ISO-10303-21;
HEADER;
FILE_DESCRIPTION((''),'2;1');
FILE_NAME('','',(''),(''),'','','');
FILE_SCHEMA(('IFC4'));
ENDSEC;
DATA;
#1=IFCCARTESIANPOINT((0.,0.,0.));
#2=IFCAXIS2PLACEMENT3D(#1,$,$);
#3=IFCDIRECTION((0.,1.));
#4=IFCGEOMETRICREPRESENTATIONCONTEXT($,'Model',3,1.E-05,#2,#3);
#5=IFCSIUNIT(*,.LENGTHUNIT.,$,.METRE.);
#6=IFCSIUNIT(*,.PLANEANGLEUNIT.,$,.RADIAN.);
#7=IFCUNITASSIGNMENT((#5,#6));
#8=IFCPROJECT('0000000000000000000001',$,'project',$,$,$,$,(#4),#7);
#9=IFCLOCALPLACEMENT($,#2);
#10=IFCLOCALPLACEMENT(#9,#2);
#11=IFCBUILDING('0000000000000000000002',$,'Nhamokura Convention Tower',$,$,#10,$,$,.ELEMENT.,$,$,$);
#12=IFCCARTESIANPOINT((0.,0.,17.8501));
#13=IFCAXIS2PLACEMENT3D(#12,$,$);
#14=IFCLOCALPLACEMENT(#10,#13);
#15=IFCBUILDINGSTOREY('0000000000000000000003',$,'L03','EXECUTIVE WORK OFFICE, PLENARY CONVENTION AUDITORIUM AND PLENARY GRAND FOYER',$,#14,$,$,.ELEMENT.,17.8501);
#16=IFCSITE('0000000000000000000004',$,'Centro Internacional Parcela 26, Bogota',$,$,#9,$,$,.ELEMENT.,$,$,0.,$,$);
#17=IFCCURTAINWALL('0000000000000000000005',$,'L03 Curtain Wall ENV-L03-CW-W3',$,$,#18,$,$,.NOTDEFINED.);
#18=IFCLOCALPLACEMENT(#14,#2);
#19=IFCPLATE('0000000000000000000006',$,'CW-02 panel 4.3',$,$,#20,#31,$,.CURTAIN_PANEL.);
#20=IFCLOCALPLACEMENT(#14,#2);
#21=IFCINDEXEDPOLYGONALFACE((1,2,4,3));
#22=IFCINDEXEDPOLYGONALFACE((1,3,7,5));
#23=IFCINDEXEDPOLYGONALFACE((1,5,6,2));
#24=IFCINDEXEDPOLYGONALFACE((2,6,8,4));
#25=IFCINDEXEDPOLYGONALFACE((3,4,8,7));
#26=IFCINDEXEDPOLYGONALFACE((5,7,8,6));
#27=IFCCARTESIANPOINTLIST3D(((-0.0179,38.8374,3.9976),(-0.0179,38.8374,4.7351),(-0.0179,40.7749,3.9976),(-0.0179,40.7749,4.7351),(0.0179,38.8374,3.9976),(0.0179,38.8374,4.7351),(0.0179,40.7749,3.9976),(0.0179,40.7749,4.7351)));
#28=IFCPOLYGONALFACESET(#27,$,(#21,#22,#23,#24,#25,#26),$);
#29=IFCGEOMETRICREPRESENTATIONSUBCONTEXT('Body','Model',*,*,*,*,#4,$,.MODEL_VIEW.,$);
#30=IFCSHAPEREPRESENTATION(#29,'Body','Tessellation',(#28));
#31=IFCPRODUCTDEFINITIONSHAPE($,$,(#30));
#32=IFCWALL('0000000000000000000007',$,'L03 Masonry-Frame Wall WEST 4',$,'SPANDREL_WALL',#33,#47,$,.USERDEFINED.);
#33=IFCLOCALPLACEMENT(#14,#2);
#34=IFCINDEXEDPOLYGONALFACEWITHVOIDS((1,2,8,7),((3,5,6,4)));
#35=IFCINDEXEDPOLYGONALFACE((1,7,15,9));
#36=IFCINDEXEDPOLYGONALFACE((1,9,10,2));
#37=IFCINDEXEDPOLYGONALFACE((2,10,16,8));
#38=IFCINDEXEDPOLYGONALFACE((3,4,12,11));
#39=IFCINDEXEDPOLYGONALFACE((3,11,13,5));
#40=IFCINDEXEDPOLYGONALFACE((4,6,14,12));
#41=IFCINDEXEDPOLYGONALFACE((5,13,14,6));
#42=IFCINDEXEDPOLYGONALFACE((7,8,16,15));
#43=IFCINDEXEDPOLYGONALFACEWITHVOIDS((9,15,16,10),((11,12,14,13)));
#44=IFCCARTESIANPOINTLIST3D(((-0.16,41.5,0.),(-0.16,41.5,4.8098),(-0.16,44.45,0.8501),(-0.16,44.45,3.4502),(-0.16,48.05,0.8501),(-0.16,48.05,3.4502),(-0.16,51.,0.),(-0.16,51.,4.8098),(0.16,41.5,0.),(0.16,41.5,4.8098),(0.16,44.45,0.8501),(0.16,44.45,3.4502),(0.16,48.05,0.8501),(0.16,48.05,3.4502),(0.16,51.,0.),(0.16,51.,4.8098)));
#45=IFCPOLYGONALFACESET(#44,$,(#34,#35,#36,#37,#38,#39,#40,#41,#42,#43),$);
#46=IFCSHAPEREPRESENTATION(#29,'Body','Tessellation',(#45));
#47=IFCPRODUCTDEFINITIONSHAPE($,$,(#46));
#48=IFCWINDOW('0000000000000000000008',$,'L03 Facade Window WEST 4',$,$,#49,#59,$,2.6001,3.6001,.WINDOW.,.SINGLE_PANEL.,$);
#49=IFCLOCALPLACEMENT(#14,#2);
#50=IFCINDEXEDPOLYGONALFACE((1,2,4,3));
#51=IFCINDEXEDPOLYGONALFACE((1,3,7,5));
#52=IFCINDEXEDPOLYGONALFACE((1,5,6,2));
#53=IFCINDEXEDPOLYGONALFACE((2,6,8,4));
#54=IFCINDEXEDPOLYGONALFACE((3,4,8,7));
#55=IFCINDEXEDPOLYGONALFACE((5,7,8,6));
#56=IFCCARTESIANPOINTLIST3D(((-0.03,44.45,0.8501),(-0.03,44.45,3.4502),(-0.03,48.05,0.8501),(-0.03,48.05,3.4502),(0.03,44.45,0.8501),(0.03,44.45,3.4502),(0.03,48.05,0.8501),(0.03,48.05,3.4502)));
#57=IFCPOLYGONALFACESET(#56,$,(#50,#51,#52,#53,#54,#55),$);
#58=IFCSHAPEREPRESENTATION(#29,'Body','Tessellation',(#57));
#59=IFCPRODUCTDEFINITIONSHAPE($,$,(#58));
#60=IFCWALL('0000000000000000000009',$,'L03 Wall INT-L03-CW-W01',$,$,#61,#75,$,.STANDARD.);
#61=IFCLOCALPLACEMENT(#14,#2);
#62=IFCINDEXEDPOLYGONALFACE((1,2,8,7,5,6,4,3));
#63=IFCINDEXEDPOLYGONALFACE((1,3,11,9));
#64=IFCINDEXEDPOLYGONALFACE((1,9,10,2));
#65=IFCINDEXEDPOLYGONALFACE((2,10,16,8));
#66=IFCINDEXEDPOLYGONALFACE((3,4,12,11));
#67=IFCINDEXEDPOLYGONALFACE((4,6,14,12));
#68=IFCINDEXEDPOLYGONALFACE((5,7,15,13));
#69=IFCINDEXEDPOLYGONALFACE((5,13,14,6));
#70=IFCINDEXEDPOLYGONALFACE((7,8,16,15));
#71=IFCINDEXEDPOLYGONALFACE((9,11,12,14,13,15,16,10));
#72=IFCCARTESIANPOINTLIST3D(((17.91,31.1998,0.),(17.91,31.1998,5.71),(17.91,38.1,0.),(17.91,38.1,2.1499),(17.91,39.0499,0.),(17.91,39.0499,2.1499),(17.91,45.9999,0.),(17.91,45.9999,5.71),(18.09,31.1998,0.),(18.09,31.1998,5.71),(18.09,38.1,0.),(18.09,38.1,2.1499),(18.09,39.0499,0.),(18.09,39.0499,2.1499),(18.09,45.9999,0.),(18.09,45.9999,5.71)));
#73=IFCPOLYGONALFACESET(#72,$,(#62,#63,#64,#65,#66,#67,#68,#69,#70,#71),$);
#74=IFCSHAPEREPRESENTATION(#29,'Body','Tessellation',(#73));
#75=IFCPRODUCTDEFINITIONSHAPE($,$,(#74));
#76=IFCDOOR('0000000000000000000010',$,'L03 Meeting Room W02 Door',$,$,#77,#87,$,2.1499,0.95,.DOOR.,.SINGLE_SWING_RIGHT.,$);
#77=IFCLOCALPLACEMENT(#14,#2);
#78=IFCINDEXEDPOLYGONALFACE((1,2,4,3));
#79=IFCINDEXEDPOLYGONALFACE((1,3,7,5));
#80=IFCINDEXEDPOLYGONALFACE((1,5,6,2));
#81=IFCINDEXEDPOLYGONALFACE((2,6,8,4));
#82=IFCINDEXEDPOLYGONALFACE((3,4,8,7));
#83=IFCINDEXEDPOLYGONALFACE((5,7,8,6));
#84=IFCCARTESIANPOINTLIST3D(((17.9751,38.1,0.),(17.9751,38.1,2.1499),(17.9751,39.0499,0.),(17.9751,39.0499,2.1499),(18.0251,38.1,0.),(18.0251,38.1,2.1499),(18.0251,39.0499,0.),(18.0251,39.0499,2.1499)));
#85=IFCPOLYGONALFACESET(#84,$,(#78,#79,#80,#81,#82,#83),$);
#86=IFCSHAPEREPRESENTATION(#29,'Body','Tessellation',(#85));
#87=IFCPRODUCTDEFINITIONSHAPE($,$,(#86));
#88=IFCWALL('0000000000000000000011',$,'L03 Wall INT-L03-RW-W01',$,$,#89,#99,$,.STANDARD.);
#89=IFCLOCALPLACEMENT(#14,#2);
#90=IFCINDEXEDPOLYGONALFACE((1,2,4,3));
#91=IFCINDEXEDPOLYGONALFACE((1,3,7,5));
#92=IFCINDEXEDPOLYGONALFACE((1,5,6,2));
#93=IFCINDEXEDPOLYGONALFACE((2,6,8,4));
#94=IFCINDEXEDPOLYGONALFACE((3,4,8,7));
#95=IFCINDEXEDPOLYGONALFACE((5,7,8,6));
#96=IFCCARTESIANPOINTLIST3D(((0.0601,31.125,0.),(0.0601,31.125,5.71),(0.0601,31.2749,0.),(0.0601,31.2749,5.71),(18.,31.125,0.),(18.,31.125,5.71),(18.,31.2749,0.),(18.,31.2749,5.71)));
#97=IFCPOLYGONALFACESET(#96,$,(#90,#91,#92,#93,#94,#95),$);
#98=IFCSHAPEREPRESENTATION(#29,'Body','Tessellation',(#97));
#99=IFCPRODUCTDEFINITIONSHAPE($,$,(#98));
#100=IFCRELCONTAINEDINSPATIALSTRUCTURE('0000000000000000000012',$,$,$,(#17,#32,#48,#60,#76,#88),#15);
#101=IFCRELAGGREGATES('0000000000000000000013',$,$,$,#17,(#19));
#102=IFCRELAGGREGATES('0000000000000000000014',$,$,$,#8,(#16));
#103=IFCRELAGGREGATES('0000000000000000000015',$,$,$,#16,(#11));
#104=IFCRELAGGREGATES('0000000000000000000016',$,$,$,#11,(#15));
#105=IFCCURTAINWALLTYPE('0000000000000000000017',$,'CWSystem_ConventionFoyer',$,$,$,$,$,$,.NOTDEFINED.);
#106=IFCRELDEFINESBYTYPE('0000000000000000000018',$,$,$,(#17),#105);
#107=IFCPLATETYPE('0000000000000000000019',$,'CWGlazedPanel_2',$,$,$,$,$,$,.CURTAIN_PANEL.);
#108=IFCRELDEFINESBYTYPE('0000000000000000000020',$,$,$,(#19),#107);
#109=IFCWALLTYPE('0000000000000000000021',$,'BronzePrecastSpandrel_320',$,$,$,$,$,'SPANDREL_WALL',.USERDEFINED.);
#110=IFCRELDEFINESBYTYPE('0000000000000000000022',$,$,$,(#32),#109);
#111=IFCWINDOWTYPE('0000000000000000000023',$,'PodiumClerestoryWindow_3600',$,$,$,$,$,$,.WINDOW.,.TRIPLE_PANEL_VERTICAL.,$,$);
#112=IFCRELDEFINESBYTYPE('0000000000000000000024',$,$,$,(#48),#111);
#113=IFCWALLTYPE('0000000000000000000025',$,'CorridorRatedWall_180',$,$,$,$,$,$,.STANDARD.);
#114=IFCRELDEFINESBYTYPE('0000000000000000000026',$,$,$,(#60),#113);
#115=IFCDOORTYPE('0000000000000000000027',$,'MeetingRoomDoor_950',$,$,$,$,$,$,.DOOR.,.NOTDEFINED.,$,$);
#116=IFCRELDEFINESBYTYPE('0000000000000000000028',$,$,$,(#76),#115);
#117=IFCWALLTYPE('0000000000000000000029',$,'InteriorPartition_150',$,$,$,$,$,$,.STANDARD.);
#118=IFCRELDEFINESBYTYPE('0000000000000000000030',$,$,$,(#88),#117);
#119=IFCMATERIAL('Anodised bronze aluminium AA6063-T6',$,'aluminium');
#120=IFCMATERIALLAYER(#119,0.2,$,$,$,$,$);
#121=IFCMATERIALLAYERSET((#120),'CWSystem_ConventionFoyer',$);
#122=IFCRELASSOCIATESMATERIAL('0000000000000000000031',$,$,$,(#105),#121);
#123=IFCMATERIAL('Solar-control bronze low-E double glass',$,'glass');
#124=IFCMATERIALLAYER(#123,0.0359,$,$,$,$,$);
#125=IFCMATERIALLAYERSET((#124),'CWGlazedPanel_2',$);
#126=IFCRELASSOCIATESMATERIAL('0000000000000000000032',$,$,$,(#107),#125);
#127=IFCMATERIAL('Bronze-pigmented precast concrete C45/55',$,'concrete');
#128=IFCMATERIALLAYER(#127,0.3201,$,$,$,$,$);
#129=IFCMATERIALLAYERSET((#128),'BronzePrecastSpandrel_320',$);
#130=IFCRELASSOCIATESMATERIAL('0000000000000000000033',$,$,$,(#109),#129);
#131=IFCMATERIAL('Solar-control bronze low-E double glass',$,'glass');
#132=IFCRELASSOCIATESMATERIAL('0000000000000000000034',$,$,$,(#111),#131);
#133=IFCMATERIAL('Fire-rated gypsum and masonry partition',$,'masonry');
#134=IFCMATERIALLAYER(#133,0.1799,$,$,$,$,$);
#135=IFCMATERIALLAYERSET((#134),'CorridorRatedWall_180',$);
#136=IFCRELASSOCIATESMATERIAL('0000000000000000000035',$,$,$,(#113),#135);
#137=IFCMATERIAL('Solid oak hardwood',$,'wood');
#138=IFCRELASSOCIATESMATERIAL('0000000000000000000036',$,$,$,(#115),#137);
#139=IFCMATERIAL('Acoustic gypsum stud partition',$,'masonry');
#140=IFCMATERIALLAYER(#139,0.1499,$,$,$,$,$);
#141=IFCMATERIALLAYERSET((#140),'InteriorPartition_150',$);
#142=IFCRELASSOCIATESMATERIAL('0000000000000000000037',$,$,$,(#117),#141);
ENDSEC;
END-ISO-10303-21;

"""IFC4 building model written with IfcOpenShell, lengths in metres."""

from ifc_helpers import new_model, si_unit, direction, frame, frame_2d, origin, origin_2d, place, context, subcontext, project, spatial, rectangle, extrude, material, layer, layer_set, type_object, element, fill, aggregate, save


model = new_model("IFC4")

# Units and contexts
model_context = context("Model", 3, precision=1e-05, world=origin(), true_north=direction((0.0, 1.0)))
body_context = subcontext(model_context, "Body", "Model", "MODEL_VIEW")
ifc_project = project(units=[si_unit("LENGTHUNIT", "METRE"), si_unit("PLANEANGLEUNIT", "RADIAN")], contexts=[model_context])

# Site, building, storey
site_placement = place(None, origin())
site = spatial("IfcSite", under=ifc_project, at=site_placement, Name="Centro Internacional Parcela 26, Bogota", CompositionType="ELEMENT", RefElevation=0.0)
building_placement = place(site_placement, origin())
building = spatial("IfcBuilding", under=site, at=building_placement, Name="Nhamokura Convention Tower", CompositionType="ELEMENT")
storey_placement = place(building_placement, frame((0.0, 0.0, 17.8501)))
storey = spatial("IfcBuildingStorey", under=building, at=storey_placement, Name="L03", Description="EXECUTIVE WORK OFFICE, PLENARY CONVENTION AUDITORIUM AND PLENARY GRAND FOYER", CompositionType="ELEMENT", Elevation=17.8501)

# Curtain wall
ifc_material_1 = material(Name="Anodised bronze aluminium AA6063-T6", Category="aluminium")
ifc_layer_1 = layer(ifc_material_1, 0.2)
ifc_layer_set_1 = layer_set([ifc_layer_1], Name="CWSystem_ConventionFoyer")
curtain_wall_type = type_object("IfcCurtainWallType", Name="CWSystem_ConventionFoyer", PredefinedType="NOTDEFINED", material=ifc_layer_set_1)
curtain_wall_placement = place(storey_placement, origin())
curtain_wall = element("IfcCurtainWall", 1, at=curtain_wall_placement, inside=storey, type_object=curtain_wall_type, Name="L03 Curtain Wall ENV-L03-CW-W3", PredefinedType="NOTDEFINED")

# Plate
ifc_material_2 = material(Name="Solar-control bronze low-E double glass", Category="glass")
ifc_layer_2 = layer(ifc_material_2, 0.0359)
ifc_layer_set_2 = layer_set([ifc_layer_2], Name="CWGlazedPanel_2")
plate_type = type_object("IfcPlateType", Name="CWGlazedPanel_2", PredefinedType="CURTAIN_PANEL", material=ifc_layer_set_2)
plate_1_placement = place(storey_placement, frame((0.0, 39.8062, 3.9976), z_axis=(0.0, 0.0, 1.0), x_axis=(0.0, 1.0, 0.0)))
plate_1 = element("IfcPlate", 2, at=plate_1_placement, type_object=plate_type, Name="CW-02 panel 4.3", PredefinedType="CURTAIN_PANEL", context=body_context, shape_type="SweptSolid", body=[
    extrude(rectangle(XDim=1.9375, YDim=0.0359, at=origin_2d()), origin(), (0.0, 0.0, 1.0), 0.7375),
])
aggregate(curtain_wall, [plate_1])

# Wall, opening, window
ifc_material_3 = material(Name="Bronze-pigmented precast concrete C45/55", Category="concrete")
ifc_layer_3 = layer(ifc_material_3, 0.3201)
ifc_layer_set_3 = layer_set([ifc_layer_3], Name="BronzePrecastSpandrel_320")
wall_type_1 = type_object("IfcWallType", Name="BronzePrecastSpandrel_320", ElementType="SPANDREL_WALL", PredefinedType="USERDEFINED", material=ifc_layer_set_3)
wall_1_placement = place(storey_placement, frame((0.0, 41.5, 0.0), z_axis=(0.0, 0.0, 1.0), x_axis=(0.0, 1.0, 0.0)))
wall_1 = element("IfcWall", 3, at=wall_1_placement, inside=storey, type_object=wall_type_1, Name="L03 Masonry-Frame Wall WEST 4", ObjectType="SPANDREL_WALL", PredefinedType="USERDEFINED", context=body_context, shape_type="SweptSolid", body=[
    extrude(rectangle(XDim=9.5, YDim=0.3201, at=frame_2d((4.75, 0.0))), origin(), (0.0, 0.0, 1.0), 4.8098),
])
opening_1_placement = place(wall_1_placement, frame((2.95, 0.0, 0.8501)))
opening_1 = element("IfcOpeningElement", 4, at=opening_1_placement, cuts=wall_1, PredefinedType="OPENING", context=body_context, shape_type="SweptSolid", body=[
    extrude(rectangle(XDim=3.6001, YDim=2.6001, at=frame_2d((1.8, 1.3))), frame((0.0, 0.1699, 0.0), z_axis=(0.0, -1.0, 0.0), x_axis=(1.0, 0.0, 0.0)), (0.0, 0.0, 1.0), 0.3401),
])
ifc_material_4 = material(Name="Solar-control bronze low-E double glass", Category="glass")
window_type = type_object("IfcWindowType", Name="PodiumClerestoryWindow_3600", PartitioningType="TRIPLE_PANEL_VERTICAL", PredefinedType="WINDOW", material=ifc_material_4)
window_placement = place(opening_1_placement, origin())
window = element("IfcWindow", 5, at=window_placement, inside=storey, type_object=window_type, Name="L03 Facade Window WEST 4", OverallHeight=2.6001, OverallWidth=3.6001, PartitioningType="SINGLE_PANEL", PredefinedType="WINDOW", context=body_context, shape_type="SweptSolid", body=[
    extrude(rectangle(XDim=3.6001, YDim=2.6001, at=frame_2d((1.8, 1.3))), frame((0.0, 0.03, 0.0), z_axis=(0.0, -1.0, 0.0), x_axis=(1.0, 0.0, 0.0)), (0.0, 0.0, 1.0), 0.0601),
])
fill(opening_1, window)

# Wall, opening, door
ifc_material_5 = material(Name="Fire-rated gypsum and masonry partition", Category="masonry")
ifc_layer_4 = layer(ifc_material_5, 0.1799)
ifc_layer_set_4 = layer_set([ifc_layer_4], Name="CorridorRatedWall_180")
wall_type_2 = type_object("IfcWallType", Name="CorridorRatedWall_180", PredefinedType="STANDARD", material=ifc_layer_set_4)
wall_2_placement = place(storey_placement, frame((18.0, 31.2, 0.0), z_axis=(0.0, 0.0, 1.0), x_axis=(0.0, 1.0, 0.0)))
wall_2 = element("IfcWall", 6, at=wall_2_placement, inside=storey, type_object=wall_type_2, Name="L03 Wall INT-L03-CW-W01", PredefinedType="STANDARD", context=body_context, shape_type="SweptSolid", body=[
    extrude(rectangle(XDim=14.8, YDim=0.1799, at=frame_2d((7.3999, 0.0))), origin(), (0.0, 0.0, 1.0), 5.71),
])
opening_2_placement = place(wall_2_placement, frame((6.8999, 0.0, 0.0)))
opening_2 = element("IfcOpeningElement", 7, at=opening_2_placement, cuts=wall_2, PredefinedType="OPENING", context=body_context, shape_type="SweptSolid", body=[
    extrude(rectangle(XDim=0.95, YDim=2.1499, at=frame_2d((0.4751, 1.075))), frame((0.0, 0.0999, 0.0), z_axis=(0.0, -1.0, 0.0), x_axis=(1.0, 0.0, 0.0)), (0.0, 0.0, 1.0), 0.2),
])
ifc_material_6 = material(Name="Solid oak hardwood", Category="wood")
door_type = type_object("IfcDoorType", Name="MeetingRoomDoor_950", OperationType="NOTDEFINED", PredefinedType="DOOR", material=ifc_material_6)
door_placement = place(opening_2_placement, origin())
door = element("IfcDoor", 8, at=door_placement, inside=storey, type_object=door_type, Name="L03 Meeting Room W02 Door", OperationType="SINGLE_SWING_RIGHT", OverallHeight=2.1499, OverallWidth=0.95, PredefinedType="DOOR", context=body_context, shape_type="SweptSolid", body=[
    extrude(rectangle(XDim=0.95, YDim=2.1499, at=frame_2d((0.4751, 1.075))), frame((0.0, 0.0249, 0.0), z_axis=(0.0, -1.0, 0.0), x_axis=(1.0, 0.0, 0.0)), (0.0, 0.0, 1.0), 0.05),
])
fill(opening_2, door)

# Wall
ifc_material_7 = material(Name="Acoustic gypsum stud partition", Category="masonry")
ifc_layer_5 = layer(ifc_material_7, 0.1499)
ifc_layer_set_5 = layer_set([ifc_layer_5], Name="InteriorPartition_150")
wall_type_3 = type_object("IfcWallType", Name="InteriorPartition_150", PredefinedType="STANDARD", material=ifc_layer_set_5)
wall_3_placement = place(storey_placement, frame((0.0601, 31.2, 0.0), z_axis=(0.0, 0.0, 1.0), x_axis=(1.0, 0.0, 0.0)))
element("IfcWall", 9, at=wall_3_placement, inside=storey, type_object=wall_type_3, Name="L03 Wall INT-L03-RW-W01", PredefinedType="STANDARD", context=body_context, shape_type="SweptSolid", body=[
    extrude(rectangle(XDim=17.9399, YDim=0.1499, at=frame_2d((8.97, 0.0))), origin(), (0.0, 0.0, 1.0), 5.71),
])

save(model, "model.ifc")
